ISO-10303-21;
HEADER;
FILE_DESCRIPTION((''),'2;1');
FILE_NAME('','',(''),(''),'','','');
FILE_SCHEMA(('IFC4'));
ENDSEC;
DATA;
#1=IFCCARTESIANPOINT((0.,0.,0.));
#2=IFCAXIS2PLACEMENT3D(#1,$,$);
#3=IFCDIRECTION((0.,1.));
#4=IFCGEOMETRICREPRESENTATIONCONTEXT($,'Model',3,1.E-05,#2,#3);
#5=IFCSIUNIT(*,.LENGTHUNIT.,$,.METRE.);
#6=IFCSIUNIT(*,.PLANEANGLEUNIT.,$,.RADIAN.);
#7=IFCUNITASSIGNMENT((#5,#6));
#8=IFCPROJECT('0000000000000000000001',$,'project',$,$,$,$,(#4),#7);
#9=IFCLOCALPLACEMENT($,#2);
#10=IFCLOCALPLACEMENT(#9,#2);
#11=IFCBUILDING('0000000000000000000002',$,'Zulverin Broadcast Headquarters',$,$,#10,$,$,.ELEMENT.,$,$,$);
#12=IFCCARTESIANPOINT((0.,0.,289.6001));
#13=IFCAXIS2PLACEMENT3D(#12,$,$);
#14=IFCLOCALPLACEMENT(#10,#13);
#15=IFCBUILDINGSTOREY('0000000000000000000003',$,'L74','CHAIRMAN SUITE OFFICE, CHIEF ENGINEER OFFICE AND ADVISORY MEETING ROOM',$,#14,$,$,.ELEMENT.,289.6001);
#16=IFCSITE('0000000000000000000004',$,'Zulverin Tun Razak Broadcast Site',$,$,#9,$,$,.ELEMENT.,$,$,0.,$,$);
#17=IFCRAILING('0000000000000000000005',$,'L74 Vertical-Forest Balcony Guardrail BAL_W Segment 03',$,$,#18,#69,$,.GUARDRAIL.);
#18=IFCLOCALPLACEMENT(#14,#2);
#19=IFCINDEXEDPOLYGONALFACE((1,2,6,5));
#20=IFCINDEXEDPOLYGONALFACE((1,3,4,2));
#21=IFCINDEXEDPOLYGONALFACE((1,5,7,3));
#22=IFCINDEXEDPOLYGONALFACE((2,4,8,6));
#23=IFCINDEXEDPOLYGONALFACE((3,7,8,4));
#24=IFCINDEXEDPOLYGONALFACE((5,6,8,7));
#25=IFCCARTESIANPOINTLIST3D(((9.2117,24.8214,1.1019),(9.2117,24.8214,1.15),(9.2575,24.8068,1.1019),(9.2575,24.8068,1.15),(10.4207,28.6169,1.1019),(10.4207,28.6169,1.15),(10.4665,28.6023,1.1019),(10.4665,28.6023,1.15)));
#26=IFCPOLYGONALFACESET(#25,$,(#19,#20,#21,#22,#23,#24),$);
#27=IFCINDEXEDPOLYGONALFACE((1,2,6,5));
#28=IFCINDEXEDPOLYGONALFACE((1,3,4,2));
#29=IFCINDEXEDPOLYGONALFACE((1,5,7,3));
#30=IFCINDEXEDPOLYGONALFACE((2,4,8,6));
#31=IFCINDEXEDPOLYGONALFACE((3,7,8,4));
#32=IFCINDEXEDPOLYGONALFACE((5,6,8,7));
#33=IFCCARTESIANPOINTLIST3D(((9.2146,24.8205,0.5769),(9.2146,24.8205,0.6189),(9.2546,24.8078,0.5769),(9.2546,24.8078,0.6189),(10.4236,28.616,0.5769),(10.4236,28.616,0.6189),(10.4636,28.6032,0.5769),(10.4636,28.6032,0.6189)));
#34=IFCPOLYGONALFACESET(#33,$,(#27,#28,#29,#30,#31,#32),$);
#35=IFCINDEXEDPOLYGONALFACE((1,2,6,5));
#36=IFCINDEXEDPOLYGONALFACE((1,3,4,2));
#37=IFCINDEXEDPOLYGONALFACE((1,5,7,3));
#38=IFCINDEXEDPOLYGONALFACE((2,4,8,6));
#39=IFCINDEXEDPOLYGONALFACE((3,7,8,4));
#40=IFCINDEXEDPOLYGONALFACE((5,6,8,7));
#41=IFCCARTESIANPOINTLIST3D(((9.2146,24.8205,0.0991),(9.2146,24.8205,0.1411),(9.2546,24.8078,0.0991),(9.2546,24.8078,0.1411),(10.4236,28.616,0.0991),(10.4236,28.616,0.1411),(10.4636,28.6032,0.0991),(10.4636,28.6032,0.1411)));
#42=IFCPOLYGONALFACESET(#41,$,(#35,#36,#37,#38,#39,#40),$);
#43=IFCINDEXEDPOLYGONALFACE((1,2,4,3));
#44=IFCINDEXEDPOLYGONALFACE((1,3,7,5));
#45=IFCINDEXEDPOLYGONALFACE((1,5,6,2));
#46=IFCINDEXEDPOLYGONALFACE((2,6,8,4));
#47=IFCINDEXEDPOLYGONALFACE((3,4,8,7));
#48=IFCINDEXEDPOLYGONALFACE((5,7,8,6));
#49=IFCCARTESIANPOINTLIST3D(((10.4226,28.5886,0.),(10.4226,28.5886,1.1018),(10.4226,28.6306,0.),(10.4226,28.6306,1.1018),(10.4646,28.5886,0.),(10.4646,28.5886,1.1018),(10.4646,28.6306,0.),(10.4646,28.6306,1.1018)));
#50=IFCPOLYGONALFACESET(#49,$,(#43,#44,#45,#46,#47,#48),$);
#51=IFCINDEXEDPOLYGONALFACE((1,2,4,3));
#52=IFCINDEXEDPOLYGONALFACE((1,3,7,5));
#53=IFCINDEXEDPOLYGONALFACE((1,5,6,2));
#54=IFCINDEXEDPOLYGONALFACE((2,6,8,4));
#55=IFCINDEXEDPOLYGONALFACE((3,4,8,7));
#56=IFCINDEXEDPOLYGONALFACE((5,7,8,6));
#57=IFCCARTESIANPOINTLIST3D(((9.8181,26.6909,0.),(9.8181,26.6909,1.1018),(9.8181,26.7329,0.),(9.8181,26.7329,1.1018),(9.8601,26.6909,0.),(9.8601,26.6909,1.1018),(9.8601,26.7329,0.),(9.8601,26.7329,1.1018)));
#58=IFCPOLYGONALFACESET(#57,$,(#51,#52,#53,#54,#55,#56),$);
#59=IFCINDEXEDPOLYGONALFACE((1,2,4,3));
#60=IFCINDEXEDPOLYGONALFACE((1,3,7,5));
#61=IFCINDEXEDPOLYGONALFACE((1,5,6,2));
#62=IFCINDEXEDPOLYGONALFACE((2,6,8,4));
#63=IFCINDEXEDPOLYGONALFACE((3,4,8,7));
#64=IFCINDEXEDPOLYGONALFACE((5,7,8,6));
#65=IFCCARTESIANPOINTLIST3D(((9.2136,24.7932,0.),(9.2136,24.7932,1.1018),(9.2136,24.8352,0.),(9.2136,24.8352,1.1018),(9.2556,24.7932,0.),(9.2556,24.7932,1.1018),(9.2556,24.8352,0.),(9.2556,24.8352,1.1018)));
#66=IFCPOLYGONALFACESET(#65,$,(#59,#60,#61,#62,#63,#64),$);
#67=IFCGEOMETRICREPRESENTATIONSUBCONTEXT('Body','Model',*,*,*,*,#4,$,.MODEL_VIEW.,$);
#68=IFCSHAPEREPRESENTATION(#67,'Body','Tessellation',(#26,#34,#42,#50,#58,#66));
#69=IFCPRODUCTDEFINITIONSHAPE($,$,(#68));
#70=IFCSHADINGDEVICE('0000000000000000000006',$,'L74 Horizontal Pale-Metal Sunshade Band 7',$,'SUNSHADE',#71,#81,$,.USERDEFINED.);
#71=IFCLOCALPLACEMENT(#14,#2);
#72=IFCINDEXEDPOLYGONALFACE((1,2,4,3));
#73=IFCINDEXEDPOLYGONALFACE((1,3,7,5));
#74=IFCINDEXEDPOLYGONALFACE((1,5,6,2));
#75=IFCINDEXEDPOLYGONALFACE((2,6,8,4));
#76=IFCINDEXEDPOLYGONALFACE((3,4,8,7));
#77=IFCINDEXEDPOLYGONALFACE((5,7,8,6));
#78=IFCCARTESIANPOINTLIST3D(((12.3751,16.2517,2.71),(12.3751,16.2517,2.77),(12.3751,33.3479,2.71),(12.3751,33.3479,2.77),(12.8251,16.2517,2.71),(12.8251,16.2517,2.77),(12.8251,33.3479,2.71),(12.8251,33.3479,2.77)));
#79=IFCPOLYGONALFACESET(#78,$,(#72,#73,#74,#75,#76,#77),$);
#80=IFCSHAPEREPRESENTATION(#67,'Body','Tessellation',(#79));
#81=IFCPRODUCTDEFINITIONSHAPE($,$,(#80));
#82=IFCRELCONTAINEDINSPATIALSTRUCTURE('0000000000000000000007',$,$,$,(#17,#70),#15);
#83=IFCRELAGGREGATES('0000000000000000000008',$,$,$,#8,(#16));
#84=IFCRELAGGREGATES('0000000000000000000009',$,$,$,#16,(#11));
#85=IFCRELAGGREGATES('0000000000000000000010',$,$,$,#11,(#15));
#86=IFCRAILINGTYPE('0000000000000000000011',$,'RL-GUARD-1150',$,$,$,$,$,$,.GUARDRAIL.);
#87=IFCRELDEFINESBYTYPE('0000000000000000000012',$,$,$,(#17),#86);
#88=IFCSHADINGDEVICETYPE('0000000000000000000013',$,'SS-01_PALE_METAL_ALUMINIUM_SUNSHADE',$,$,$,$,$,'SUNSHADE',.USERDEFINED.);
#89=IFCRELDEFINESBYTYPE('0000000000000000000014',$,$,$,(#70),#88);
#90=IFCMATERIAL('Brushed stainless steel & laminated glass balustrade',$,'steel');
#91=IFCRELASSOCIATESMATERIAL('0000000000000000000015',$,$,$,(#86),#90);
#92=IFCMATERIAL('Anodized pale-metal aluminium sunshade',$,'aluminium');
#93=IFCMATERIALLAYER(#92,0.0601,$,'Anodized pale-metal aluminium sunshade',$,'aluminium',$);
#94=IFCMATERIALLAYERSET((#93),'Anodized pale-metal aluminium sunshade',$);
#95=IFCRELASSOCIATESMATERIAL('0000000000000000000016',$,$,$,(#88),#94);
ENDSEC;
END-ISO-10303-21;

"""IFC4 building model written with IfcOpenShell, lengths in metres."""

from ifc_helpers import new_model, si_unit, direction, frame, origin, origin_2d, place, context, subcontext, project, spatial, rectangle, extrude, material, layer, layer_set, type_object, element, save


model = new_model("IFC4")

# Units and contexts
model_context = context("Model", 3, precision=1e-05, world=origin(), true_north=direction((0.0, 1.0)))
body_context = subcontext(model_context, "Body", "Model", "MODEL_VIEW")
ifc_project = project(units=[si_unit("LENGTHUNIT", "METRE"), si_unit("PLANEANGLEUNIT", "RADIAN")], contexts=[model_context])

# Site, building, storey
site_placement = place(None, origin())
site = spatial("IfcSite", under=ifc_project, at=site_placement, Name="Zulverin Tun Razak Broadcast Site", CompositionType="ELEMENT", RefElevation=0.0)
building_placement = place(site_placement, origin())
building = spatial("IfcBuilding", under=site, at=building_placement, Name="Zulverin Broadcast Headquarters", CompositionType="ELEMENT")
storey_placement = place(building_placement, frame((0.0, 0.0, 289.6001)))
storey = spatial("IfcBuildingStorey", under=building, at=storey_placement, Name="L74", Description="CHAIRMAN SUITE OFFICE, CHIEF ENGINEER OFFICE AND ADVISORY MEETING ROOM", CompositionType="ELEMENT", Elevation=289.6001)

# Railing
ifc_material_1 = material(Name="Brushed stainless steel & laminated glass balustrade", Category="steel")
railing_type = type_object("IfcRailingType", Name="RL-GUARD-1150", PredefinedType="GUARDRAIL", material=ifc_material_1)
railing_1_placement = place(storey_placement, frame((10.4436, 28.6096, 0.0)))
element("IfcRailing", 1, at=railing_1_placement, inside=storey, type_object=railing_type, Name="L74 Vertical-Forest Balcony Guardrail BAL_W Segment 03", PredefinedType="GUARDRAIL", context=body_context, shape_type="SweptSolid", body=[
    extrude(rectangle(XDim=0.0481, YDim=0.0481, at=origin_2d()), frame((0.0, 0.0, 1.126), z_axis=(-0.303512, -0.952828, 0.0), x_axis=(0.952828, -0.303512, 0.0)), (0.0, 0.0, 1.0), 3.9834),
    extrude(rectangle(XDim=0.042, YDim=0.042, at=origin_2d()), frame((0.0, 0.0, 0.5979), z_axis=(-0.303512, -0.952828, 0.0), x_axis=(0.952828, -0.303512, 0.0)), (0.0, 0.0, 1.0), 3.9834),
    extrude(rectangle(XDim=0.042, YDim=0.042, at=origin_2d()), frame((0.0, 0.0, 0.1201), z_axis=(-0.303512, -0.952828, 0.0), x_axis=(0.952828, -0.303512, 0.0)), (0.0, 0.0, 1.0), 3.9834),
    extrude(rectangle(XDim=0.042, YDim=0.042, at=origin_2d()), origin(), (0.0, 0.0, 1.0), 1.1018),
    extrude(rectangle(XDim=0.042, YDim=0.042, at=origin_2d()), frame((-0.6045, -1.8977, 0.0)), (0.0, 0.0, 1.0), 1.1018),
    extrude(rectangle(XDim=0.042, YDim=0.042, at=origin_2d()), frame((-1.209, -3.7954, 0.0)), (0.0, 0.0, 1.0), 1.1018),
])

# Shading device
ifc_material_2 = material(Name="Anodized pale-metal aluminium sunshade", Category="aluminium")
ifc_layer_1 = layer(ifc_material_2, 0.0601, Name="Anodized pale-metal aluminium sunshade", Category="aluminium")
ifc_layer_set_1 = layer_set([ifc_layer_1], Name="Anodized pale-metal aluminium sunshade")
shading_device_type = type_object("IfcShadingDeviceType", Name="SS-01_PALE_METAL_ALUMINIUM_SUNSHADE", ElementType="SUNSHADE", PredefinedType="USERDEFINED", material=ifc_layer_set_1)
shading_device_placement = place(storey_placement, frame((12.6001, 24.7998, 2.71), z_axis=(0.0, 0.0, 1.0), x_axis=(0.0, -1.0, 0.0)))
element("IfcShadingDevice", 2, at=shading_device_placement, inside=storey, type_object=shading_device_type, Name="L74 Horizontal Pale-Metal Sunshade Band 7", ObjectType="SUNSHADE", PredefinedType="USERDEFINED", context=body_context, shape_type="SweptSolid", body=[
    extrude(rectangle(XDim=17.0962, YDim=0.45, at=origin_2d()), origin(), (0.0, 0.0, 1.0), 0.0601),
])

save(model, "model.ifc")
